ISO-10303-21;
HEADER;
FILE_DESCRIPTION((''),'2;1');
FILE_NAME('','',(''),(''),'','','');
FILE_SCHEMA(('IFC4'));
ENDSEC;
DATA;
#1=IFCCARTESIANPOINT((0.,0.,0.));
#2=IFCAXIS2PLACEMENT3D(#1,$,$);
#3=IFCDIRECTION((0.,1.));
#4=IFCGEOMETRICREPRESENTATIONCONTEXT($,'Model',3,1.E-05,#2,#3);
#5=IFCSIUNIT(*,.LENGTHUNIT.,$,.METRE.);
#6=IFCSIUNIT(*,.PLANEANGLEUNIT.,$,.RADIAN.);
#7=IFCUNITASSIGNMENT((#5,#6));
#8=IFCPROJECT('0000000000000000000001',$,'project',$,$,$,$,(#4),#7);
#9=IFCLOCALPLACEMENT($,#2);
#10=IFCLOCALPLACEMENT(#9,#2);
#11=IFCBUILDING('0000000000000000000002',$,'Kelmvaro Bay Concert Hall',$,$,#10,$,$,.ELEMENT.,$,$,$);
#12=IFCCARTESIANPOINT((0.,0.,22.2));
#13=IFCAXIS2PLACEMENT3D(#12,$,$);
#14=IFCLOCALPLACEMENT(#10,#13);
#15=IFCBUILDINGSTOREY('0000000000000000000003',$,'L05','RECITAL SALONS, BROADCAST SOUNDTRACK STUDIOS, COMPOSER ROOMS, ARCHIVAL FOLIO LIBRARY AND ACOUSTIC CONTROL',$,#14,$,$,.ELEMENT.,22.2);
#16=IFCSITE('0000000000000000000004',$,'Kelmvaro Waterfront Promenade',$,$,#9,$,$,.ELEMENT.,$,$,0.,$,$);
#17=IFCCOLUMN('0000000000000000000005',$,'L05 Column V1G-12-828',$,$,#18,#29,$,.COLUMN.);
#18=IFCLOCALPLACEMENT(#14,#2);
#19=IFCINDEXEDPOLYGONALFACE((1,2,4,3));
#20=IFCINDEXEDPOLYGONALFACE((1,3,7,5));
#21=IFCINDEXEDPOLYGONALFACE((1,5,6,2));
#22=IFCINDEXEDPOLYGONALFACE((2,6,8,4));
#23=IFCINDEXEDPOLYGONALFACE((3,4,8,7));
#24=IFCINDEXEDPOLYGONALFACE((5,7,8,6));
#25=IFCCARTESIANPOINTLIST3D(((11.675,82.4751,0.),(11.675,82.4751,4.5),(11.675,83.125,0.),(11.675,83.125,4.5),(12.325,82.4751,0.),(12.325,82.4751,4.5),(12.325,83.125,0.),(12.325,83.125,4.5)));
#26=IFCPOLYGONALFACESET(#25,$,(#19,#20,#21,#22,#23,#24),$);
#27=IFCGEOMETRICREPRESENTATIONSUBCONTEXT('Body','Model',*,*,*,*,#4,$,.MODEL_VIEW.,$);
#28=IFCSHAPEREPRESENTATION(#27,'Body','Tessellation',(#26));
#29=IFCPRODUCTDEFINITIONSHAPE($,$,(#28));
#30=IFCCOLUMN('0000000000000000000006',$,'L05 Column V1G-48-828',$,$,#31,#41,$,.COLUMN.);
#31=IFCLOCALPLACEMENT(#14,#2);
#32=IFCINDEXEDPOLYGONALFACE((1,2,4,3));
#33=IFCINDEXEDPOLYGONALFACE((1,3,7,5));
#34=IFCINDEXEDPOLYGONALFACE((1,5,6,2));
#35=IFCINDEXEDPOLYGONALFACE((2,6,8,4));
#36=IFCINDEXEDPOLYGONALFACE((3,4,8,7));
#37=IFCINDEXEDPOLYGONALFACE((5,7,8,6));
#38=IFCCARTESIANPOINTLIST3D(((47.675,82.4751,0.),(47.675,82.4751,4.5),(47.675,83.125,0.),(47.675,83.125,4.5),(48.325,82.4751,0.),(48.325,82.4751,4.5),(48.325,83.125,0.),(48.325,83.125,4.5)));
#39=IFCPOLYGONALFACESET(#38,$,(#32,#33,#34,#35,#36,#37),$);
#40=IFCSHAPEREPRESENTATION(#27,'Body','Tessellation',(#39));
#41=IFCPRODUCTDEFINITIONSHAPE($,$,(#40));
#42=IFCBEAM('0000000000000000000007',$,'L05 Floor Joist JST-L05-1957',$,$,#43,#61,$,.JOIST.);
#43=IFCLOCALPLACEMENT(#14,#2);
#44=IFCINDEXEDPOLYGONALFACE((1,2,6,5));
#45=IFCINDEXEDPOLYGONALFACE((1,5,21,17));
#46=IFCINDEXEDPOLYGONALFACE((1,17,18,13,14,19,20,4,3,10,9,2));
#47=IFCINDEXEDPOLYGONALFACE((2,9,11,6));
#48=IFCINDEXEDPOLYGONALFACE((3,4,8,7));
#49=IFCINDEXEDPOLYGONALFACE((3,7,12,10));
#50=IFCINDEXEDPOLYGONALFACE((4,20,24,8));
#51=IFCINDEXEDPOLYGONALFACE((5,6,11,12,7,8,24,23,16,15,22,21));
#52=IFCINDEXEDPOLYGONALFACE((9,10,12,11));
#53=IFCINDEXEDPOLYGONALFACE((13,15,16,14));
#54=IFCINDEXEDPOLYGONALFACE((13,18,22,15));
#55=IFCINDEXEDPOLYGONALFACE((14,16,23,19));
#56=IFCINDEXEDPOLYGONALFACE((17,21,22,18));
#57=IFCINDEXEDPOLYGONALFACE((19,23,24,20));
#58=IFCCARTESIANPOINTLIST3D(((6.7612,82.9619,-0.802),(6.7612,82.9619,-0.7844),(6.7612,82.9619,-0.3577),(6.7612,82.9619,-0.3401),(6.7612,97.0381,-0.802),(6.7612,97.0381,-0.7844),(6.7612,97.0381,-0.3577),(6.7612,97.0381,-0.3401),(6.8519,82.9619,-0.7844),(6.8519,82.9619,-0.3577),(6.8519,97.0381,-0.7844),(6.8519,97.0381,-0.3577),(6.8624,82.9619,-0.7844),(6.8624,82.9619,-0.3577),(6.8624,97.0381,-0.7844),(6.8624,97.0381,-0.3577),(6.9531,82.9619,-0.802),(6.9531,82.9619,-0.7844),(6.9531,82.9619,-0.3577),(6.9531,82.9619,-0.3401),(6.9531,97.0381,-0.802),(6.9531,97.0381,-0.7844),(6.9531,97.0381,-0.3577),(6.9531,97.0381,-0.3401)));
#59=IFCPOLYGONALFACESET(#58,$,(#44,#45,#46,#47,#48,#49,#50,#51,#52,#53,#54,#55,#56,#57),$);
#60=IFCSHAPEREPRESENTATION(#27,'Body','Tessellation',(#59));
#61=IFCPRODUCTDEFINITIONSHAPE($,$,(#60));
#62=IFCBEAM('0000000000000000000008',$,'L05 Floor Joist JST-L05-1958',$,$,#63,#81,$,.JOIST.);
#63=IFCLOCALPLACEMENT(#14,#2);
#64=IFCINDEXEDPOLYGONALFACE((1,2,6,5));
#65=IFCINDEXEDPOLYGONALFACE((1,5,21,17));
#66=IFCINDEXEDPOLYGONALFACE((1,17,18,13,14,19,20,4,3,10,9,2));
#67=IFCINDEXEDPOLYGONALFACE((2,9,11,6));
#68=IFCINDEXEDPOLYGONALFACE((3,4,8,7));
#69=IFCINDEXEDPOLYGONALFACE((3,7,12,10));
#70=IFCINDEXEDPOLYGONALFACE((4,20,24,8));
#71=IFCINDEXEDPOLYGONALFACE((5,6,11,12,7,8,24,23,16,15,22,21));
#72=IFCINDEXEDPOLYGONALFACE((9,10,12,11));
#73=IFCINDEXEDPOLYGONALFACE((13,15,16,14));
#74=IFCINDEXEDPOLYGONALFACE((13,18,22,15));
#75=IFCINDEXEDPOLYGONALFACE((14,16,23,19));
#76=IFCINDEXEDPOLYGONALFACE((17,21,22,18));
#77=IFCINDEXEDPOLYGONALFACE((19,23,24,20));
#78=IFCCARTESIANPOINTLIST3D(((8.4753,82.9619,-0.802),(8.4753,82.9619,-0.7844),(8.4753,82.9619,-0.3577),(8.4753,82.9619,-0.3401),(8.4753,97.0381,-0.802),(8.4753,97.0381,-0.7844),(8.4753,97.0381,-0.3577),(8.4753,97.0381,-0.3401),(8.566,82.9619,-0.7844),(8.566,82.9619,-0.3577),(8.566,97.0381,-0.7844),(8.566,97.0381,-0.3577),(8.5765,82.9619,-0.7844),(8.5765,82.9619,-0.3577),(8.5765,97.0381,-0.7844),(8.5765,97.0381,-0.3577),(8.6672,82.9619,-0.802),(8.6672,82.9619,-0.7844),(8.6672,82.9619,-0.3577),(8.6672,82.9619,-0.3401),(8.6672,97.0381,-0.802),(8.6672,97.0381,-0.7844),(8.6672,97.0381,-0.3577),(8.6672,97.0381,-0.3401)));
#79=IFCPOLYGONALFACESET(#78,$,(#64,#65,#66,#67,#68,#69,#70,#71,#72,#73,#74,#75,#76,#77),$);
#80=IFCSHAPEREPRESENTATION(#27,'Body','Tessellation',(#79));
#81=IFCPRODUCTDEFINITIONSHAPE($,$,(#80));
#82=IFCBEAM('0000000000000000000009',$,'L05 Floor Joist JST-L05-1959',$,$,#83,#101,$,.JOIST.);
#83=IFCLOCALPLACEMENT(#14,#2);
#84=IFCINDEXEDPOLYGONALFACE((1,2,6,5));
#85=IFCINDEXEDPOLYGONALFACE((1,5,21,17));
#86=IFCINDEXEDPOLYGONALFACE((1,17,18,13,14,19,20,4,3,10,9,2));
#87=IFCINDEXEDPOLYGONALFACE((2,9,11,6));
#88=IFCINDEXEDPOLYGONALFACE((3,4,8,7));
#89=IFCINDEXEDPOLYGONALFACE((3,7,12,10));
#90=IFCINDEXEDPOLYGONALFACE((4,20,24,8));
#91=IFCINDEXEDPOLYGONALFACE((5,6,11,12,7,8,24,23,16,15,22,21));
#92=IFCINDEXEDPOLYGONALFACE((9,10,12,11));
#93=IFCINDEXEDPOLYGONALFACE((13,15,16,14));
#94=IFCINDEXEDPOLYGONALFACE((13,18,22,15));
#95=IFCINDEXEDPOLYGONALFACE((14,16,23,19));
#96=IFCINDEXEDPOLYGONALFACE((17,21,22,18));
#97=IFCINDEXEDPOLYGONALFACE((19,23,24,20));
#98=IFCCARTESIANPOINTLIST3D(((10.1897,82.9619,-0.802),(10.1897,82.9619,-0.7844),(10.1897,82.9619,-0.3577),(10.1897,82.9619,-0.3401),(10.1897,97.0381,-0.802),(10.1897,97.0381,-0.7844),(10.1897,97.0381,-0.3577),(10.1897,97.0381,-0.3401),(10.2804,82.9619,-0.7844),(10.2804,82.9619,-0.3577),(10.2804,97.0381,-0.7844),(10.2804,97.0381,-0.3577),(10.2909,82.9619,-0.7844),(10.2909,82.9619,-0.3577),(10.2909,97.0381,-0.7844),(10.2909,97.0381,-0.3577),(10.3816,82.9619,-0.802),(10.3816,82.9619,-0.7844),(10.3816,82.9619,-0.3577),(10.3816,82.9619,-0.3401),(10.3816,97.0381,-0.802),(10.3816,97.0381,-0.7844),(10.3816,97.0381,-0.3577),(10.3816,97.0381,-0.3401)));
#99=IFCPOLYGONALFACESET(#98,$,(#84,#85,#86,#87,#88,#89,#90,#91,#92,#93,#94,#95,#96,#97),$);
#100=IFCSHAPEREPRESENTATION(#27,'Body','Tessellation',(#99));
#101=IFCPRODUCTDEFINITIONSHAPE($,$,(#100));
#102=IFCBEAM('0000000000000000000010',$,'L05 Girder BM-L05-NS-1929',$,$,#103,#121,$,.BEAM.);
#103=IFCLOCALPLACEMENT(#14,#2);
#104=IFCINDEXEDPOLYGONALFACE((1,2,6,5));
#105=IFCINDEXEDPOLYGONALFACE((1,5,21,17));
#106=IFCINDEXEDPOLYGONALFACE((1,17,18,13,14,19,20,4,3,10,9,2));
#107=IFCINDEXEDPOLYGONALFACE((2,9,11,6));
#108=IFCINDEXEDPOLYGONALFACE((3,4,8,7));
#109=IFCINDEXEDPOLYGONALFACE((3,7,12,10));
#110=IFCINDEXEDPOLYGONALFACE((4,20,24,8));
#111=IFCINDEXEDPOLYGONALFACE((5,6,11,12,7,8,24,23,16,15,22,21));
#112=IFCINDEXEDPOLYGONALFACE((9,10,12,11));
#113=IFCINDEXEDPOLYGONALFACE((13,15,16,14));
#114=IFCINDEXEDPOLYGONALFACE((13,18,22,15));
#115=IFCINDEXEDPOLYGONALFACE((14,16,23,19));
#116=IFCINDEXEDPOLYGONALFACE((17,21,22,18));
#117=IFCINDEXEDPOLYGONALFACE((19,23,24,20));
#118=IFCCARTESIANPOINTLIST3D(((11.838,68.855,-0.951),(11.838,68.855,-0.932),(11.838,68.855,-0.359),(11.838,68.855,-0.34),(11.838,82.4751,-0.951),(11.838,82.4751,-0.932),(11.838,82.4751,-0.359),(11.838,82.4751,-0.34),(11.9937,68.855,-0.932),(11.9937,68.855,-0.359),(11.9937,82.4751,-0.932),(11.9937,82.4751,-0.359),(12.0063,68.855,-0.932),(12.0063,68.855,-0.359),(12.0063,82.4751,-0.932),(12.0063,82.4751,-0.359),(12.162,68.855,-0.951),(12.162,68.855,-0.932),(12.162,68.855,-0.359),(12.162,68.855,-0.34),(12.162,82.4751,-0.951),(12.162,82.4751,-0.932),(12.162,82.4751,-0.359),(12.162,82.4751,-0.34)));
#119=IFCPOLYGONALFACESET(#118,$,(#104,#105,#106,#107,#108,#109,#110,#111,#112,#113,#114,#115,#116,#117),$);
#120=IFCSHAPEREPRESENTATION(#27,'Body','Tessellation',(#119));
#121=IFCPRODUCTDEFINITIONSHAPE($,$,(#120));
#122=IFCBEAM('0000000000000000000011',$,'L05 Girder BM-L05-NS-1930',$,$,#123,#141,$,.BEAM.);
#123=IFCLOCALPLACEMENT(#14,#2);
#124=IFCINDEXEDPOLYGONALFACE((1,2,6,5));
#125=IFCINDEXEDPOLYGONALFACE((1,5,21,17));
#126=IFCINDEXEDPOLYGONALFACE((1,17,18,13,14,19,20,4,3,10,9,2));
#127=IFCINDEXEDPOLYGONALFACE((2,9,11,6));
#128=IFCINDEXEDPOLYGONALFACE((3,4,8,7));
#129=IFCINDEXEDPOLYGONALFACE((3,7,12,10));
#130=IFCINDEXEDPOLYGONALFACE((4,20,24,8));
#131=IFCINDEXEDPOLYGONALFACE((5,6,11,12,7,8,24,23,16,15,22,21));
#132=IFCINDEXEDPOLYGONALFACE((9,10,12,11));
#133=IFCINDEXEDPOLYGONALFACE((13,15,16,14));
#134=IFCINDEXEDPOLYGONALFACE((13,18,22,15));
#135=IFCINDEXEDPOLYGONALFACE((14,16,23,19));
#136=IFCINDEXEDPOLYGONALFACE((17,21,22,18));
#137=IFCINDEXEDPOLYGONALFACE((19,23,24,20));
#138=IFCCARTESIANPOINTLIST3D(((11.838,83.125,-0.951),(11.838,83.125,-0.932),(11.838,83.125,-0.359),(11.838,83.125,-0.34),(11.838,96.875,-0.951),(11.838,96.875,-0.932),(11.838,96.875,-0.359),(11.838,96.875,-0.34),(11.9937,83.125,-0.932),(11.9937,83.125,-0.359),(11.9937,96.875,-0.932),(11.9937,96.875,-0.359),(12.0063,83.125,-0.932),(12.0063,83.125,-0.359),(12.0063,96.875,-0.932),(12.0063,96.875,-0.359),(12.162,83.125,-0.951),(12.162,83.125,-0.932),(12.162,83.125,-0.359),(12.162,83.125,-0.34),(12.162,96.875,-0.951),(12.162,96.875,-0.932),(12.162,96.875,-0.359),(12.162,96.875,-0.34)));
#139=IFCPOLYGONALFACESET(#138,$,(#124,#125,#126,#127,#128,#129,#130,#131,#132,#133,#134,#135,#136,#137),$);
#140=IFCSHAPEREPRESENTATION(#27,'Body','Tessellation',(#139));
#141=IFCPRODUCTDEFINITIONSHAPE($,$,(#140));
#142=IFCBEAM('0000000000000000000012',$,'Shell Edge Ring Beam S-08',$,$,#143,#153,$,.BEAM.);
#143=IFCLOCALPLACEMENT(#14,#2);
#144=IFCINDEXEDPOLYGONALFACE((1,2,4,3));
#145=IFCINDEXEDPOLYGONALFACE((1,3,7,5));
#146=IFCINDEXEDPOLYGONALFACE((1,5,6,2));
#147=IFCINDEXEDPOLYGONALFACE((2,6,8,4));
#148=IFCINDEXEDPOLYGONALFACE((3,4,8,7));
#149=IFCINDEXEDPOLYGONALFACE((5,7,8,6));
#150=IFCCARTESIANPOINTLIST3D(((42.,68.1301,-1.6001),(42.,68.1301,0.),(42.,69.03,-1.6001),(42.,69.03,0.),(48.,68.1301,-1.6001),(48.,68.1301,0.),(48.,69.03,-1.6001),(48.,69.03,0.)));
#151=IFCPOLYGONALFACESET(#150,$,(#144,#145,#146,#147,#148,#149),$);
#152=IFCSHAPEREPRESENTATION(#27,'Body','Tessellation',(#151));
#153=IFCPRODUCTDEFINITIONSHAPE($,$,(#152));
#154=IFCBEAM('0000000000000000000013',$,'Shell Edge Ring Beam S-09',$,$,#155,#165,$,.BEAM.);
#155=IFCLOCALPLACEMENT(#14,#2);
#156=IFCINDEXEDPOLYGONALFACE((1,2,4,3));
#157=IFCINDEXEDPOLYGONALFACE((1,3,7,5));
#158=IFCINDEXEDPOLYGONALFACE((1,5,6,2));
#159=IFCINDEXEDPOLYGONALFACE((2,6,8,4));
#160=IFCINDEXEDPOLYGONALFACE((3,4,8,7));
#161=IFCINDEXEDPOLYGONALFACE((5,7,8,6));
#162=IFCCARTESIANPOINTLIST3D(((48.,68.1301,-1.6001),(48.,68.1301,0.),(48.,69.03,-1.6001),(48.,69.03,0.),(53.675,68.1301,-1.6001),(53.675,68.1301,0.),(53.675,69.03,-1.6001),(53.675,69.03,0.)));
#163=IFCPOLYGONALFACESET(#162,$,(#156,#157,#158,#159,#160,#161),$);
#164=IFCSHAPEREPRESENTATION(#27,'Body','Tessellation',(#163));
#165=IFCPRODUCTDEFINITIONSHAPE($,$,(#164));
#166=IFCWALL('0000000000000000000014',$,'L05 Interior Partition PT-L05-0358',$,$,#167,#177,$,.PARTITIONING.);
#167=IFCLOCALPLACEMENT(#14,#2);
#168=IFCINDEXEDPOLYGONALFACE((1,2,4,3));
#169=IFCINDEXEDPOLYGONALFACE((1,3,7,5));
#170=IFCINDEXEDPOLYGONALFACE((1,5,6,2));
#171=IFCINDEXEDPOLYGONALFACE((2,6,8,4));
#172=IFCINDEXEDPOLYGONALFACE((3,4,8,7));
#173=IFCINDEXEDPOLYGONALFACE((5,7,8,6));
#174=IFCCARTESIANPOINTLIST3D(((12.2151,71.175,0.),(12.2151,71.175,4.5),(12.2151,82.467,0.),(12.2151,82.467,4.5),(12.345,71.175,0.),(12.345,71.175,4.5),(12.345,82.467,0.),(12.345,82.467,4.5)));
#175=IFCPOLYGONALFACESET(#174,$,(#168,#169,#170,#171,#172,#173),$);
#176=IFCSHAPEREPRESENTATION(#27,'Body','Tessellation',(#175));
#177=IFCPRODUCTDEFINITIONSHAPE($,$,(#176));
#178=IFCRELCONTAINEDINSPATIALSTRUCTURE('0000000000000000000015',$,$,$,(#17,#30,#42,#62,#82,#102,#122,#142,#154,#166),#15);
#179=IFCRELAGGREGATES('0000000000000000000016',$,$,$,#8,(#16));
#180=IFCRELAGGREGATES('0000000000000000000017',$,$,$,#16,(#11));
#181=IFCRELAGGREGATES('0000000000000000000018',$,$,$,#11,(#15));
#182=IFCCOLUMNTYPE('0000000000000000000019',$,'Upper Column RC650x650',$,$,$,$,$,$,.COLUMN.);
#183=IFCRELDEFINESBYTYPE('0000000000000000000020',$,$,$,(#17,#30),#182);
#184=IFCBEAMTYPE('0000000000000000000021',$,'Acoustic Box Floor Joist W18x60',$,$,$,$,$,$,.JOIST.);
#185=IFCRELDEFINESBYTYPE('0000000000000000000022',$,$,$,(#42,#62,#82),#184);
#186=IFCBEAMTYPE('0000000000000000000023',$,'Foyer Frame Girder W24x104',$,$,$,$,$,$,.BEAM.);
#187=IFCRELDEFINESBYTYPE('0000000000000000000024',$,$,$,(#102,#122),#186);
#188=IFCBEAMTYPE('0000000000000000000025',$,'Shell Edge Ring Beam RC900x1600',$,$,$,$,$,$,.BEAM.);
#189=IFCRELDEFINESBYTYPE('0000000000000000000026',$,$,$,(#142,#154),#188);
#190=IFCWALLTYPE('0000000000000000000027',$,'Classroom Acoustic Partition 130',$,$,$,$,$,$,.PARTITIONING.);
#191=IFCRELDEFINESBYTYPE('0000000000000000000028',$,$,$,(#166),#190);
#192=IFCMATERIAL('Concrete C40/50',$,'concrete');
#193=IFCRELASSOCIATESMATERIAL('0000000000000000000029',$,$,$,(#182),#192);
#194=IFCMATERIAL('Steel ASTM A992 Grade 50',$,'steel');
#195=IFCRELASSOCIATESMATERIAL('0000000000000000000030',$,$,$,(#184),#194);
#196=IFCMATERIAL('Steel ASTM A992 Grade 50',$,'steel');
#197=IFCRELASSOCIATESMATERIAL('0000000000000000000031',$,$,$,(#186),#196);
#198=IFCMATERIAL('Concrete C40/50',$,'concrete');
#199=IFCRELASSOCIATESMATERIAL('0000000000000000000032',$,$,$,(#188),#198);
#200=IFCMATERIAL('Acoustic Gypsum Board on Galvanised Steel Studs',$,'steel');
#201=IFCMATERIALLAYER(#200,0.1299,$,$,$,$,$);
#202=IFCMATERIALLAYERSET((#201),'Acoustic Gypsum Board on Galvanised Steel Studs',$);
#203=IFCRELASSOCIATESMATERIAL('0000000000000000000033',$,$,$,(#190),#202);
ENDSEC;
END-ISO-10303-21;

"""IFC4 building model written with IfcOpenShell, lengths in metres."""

from ifc_helpers import new_model, si_unit, direction, frame, frame_2d, origin, origin_2d, place, context, subcontext, project, spatial, rectangle, i_section, extrude, material, layer, layer_set, material_profile, profile_set, type_object, element, save


model = new_model("IFC4")

# Units and contexts
model_context = context("Model", 3, precision=1e-05, world=origin(), true_north=direction((0.0, 1.0)))
body_context = subcontext(model_context, "Body", "Model", "MODEL_VIEW")
ifc_project = project(units=[si_unit("LENGTHUNIT", "METRE"), si_unit("PLANEANGLEUNIT", "RADIAN")], contexts=[model_context])

# Site, building, storey
site_placement = place(None, origin())
site = spatial("IfcSite", under=ifc_project, at=site_placement, Name="Kelmvaro Waterfront Promenade", CompositionType="ELEMENT", RefElevation=0.0)
building_placement = place(site_placement, origin())
building = spatial("IfcBuilding", under=site, at=building_placement, Name="Kelmvaro Bay Concert Hall", CompositionType="ELEMENT")
storey_placement = place(building_placement, frame((0.0, 0.0, 22.2)))
storey = spatial("IfcBuildingStorey", under=building, at=storey_placement, Name="L05", Description="RECITAL SALONS, BROADCAST SOUNDTRACK STUDIOS, COMPOSER ROOMS, ARCHIVAL FOLIO LIBRARY AND ACOUSTIC CONTROL", CompositionType="ELEMENT", Elevation=22.2)

# Columns
ifc_material_1 = material(Name="Concrete C40/50", Category="concrete")
ifc_material_profile_1 = material_profile(ifc_material_1, rectangle(XDim=0.6499, YDim=0.6499, at=origin_2d()), Name="RC-COL-650X650")
ifc_profile_set_1 = profile_set([ifc_material_profile_1], Name="Concrete C40/50")
column_type = type_object("IfcColumnType", Name="Upper Column RC650x650", PredefinedType="COLUMN", material=ifc_profile_set_1)
for number, where, z_axis, x_axis, name in (
    (1, (12.0, 82.8, 0.0), (0.0, 0.0, 1.0), (1.0, 0.0, 0.0), "L05 Column V1G-12-828"),
    (2, (48.0, 82.8, 0.0), (0.0, 0.0, 1.0), (1.0, 0.0, 0.0), "L05 Column V1G-48-828"),
):
    element("IfcColumn", number, at=place(storey_placement, frame(where, z_axis=z_axis, x_axis=x_axis)), inside=storey, type_object=column_type, Name=name, PredefinedType="COLUMN", context=body_context, shape_type="SweptSolid", body=[
        extrude(rectangle(XDim=0.6499, YDim=0.6499, at=origin_2d()), origin(), (0.0, 0.0, 1.0), 4.5),
    ])

# Beams
ifc_material_2 = material(Name="Steel ASTM A992 Grade 50", Category="steel")
ifc_material_profile_2 = material_profile(ifc_material_2, i_section(OverallWidth=0.1919, OverallDepth=0.4619, WebThickness=0.0105, FlangeThickness=0.0176, at=origin_2d()), Name="W18X60")
ifc_profile_set_2 = profile_set([ifc_material_profile_2], Name="Steel ASTM A992 Grade 50")
beam_type_1 = type_object("IfcBeamType", Name="Acoustic Box Floor Joist W18x60", PredefinedType="JOIST", material=ifc_profile_set_2)
for number, where, z_axis, x_axis, name in (
    (3, (6.8572, 82.9619, -0.571), (0.0, 1.0, 0.0), (-1.0, 0.0, 0.0), "L05 Floor Joist JST-L05-1957"),
    (4, (8.5713, 82.9619, -0.571), (0.0, 1.0, 0.0), (-1.0, 0.0, 0.0), "L05 Floor Joist JST-L05-1958"),
    (5, (10.2856, 82.9619, -0.571), (0.0, 1.0, 0.0), (-1.0, 0.0, 0.0), "L05 Floor Joist JST-L05-1959"),
):
    element("IfcBeam", number, at=place(storey_placement, frame(where, z_axis=z_axis, x_axis=x_axis)), inside=storey, type_object=beam_type_1, Name=name, PredefinedType="JOIST", context=body_context, shape_type="SweptSolid", body=[
        extrude(i_section(OverallWidth=0.1919, OverallDepth=0.4619, WebThickness=0.0105, FlangeThickness=0.0176, at=origin_2d()), origin(), (0.0, 0.0, 1.0), 14.0762),
    ])
ifc_material_3 = material(Name="Steel ASTM A992 Grade 50", Category="steel")
ifc_material_profile_3 = material_profile(ifc_material_3, i_section(OverallWidth=0.324, OverallDepth=0.6111, WebThickness=0.0127, FlangeThickness=0.019, at=origin_2d()), Name="W24X104")
ifc_profile_set_3 = profile_set([ifc_material_profile_3], Name="Steel ASTM A992 Grade 50")
beam_type_2 = type_object("IfcBeamType", Name="Foyer Frame Girder W24x104", PredefinedType="BEAM", material=ifc_profile_set_3)
beam_1_placement = place(storey_placement, frame((12.0, 68.855, -0.6455), z_axis=(0.0, 1.0, 0.0), x_axis=(-1.0, 0.0, 0.0)))
element("IfcBeam", 6, at=beam_1_placement, inside=storey, type_object=beam_type_2, Name="L05 Girder BM-L05-NS-1929", PredefinedType="BEAM", context=body_context, shape_type="SweptSolid", body=[
    extrude(i_section(OverallWidth=0.324, OverallDepth=0.6111, WebThickness=0.0127, FlangeThickness=0.019, at=origin_2d()), origin(), (0.0, 0.0, 1.0), 13.6201),
])
beam_2_placement = place(storey_placement, frame((12.0, 83.125, -0.6455), z_axis=(0.0, 1.0, 0.0), x_axis=(-1.0, 0.0, 0.0)))
element("IfcBeam", 7, at=beam_2_placement, inside=storey, type_object=beam_type_2, Name="L05 Girder BM-L05-NS-1930", PredefinedType="BEAM", context=body_context, shape_type="SweptSolid", body=[
    extrude(i_section(OverallWidth=0.324, OverallDepth=0.6111, WebThickness=0.0127, FlangeThickness=0.019, at=origin_2d()), origin(), (0.0, 0.0, 1.0), 13.75),
])
ifc_material_4 = material(Name="Concrete C40/50", Category="concrete")
ifc_material_profile_4 = material_profile(ifc_material_4, rectangle(XDim=0.8999, YDim=1.6001, at=origin_2d()), Name="RC-SHB-900X1600")
ifc_profile_set_4 = profile_set([ifc_material_profile_4], Name="Concrete C40/50")
beam_type_3 = type_object("IfcBeamType", Name="Shell Edge Ring Beam RC900x1600", PredefinedType="BEAM", material=ifc_profile_set_4)
beam_3_placement = place(storey_placement, frame((42.0, 68.5801, -0.8), z_axis=(1.0, 0.0, 0.0), x_axis=(0.0, 1.0, 0.0)))
element("IfcBeam", 8, at=beam_3_placement, inside=storey, type_object=beam_type_3, Name="Shell Edge Ring Beam S-08", PredefinedType="BEAM", context=body_context, shape_type="SweptSolid", body=[
    extrude(rectangle(XDim=0.8999, YDim=1.6001, at=origin_2d()), origin(), (0.0, 0.0, 1.0), 6.0),
])
beam_4_placement = place(storey_placement, frame((48.0, 68.5801, -0.8), z_axis=(1.0, 0.0, 0.0), x_axis=(0.0, 1.0, 0.0)))
element("IfcBeam", 9, at=beam_4_placement, inside=storey, type_object=beam_type_3, Name="Shell Edge Ring Beam S-09", PredefinedType="BEAM", context=body_context, shape_type="SweptSolid", body=[
    extrude(rectangle(XDim=0.8999, YDim=1.6001, at=origin_2d()), origin(), (0.0, 0.0, 1.0), 5.675),
])

# Wall
ifc_material_5 = material(Name="Acoustic Gypsum Board on Galvanised Steel Studs", Category="steel")
ifc_layer_1 = layer(ifc_material_5, 0.1299)
ifc_layer_set_1 = layer_set([ifc_layer_1], Name="Acoustic Gypsum Board on Galvanised Steel Studs")
wall_type_1 = type_object("IfcWallType", Name="Classroom Acoustic Partition 130", PredefinedType="PARTITIONING", material=ifc_layer_set_1)
wall_1_placement = place(storey_placement, frame((12.28, 71.175, 0.0), z_axis=(0.0, 0.0, 1.0), x_axis=(0.0, 1.0, 0.0)))
element("IfcWall", 10, at=wall_1_placement, inside=storey, type_object=wall_type_1, Name="L05 Interior Partition PT-L05-0358", PredefinedType="PARTITIONING", context=body_context, shape_type="SweptSolid", body=[
    extrude(rectangle(XDim=11.292, YDim=0.1299, at=frame_2d((5.646, 0.0))), origin(), (0.0, 0.0, 1.0), 4.5),
])

save(model, "model.ifc")
